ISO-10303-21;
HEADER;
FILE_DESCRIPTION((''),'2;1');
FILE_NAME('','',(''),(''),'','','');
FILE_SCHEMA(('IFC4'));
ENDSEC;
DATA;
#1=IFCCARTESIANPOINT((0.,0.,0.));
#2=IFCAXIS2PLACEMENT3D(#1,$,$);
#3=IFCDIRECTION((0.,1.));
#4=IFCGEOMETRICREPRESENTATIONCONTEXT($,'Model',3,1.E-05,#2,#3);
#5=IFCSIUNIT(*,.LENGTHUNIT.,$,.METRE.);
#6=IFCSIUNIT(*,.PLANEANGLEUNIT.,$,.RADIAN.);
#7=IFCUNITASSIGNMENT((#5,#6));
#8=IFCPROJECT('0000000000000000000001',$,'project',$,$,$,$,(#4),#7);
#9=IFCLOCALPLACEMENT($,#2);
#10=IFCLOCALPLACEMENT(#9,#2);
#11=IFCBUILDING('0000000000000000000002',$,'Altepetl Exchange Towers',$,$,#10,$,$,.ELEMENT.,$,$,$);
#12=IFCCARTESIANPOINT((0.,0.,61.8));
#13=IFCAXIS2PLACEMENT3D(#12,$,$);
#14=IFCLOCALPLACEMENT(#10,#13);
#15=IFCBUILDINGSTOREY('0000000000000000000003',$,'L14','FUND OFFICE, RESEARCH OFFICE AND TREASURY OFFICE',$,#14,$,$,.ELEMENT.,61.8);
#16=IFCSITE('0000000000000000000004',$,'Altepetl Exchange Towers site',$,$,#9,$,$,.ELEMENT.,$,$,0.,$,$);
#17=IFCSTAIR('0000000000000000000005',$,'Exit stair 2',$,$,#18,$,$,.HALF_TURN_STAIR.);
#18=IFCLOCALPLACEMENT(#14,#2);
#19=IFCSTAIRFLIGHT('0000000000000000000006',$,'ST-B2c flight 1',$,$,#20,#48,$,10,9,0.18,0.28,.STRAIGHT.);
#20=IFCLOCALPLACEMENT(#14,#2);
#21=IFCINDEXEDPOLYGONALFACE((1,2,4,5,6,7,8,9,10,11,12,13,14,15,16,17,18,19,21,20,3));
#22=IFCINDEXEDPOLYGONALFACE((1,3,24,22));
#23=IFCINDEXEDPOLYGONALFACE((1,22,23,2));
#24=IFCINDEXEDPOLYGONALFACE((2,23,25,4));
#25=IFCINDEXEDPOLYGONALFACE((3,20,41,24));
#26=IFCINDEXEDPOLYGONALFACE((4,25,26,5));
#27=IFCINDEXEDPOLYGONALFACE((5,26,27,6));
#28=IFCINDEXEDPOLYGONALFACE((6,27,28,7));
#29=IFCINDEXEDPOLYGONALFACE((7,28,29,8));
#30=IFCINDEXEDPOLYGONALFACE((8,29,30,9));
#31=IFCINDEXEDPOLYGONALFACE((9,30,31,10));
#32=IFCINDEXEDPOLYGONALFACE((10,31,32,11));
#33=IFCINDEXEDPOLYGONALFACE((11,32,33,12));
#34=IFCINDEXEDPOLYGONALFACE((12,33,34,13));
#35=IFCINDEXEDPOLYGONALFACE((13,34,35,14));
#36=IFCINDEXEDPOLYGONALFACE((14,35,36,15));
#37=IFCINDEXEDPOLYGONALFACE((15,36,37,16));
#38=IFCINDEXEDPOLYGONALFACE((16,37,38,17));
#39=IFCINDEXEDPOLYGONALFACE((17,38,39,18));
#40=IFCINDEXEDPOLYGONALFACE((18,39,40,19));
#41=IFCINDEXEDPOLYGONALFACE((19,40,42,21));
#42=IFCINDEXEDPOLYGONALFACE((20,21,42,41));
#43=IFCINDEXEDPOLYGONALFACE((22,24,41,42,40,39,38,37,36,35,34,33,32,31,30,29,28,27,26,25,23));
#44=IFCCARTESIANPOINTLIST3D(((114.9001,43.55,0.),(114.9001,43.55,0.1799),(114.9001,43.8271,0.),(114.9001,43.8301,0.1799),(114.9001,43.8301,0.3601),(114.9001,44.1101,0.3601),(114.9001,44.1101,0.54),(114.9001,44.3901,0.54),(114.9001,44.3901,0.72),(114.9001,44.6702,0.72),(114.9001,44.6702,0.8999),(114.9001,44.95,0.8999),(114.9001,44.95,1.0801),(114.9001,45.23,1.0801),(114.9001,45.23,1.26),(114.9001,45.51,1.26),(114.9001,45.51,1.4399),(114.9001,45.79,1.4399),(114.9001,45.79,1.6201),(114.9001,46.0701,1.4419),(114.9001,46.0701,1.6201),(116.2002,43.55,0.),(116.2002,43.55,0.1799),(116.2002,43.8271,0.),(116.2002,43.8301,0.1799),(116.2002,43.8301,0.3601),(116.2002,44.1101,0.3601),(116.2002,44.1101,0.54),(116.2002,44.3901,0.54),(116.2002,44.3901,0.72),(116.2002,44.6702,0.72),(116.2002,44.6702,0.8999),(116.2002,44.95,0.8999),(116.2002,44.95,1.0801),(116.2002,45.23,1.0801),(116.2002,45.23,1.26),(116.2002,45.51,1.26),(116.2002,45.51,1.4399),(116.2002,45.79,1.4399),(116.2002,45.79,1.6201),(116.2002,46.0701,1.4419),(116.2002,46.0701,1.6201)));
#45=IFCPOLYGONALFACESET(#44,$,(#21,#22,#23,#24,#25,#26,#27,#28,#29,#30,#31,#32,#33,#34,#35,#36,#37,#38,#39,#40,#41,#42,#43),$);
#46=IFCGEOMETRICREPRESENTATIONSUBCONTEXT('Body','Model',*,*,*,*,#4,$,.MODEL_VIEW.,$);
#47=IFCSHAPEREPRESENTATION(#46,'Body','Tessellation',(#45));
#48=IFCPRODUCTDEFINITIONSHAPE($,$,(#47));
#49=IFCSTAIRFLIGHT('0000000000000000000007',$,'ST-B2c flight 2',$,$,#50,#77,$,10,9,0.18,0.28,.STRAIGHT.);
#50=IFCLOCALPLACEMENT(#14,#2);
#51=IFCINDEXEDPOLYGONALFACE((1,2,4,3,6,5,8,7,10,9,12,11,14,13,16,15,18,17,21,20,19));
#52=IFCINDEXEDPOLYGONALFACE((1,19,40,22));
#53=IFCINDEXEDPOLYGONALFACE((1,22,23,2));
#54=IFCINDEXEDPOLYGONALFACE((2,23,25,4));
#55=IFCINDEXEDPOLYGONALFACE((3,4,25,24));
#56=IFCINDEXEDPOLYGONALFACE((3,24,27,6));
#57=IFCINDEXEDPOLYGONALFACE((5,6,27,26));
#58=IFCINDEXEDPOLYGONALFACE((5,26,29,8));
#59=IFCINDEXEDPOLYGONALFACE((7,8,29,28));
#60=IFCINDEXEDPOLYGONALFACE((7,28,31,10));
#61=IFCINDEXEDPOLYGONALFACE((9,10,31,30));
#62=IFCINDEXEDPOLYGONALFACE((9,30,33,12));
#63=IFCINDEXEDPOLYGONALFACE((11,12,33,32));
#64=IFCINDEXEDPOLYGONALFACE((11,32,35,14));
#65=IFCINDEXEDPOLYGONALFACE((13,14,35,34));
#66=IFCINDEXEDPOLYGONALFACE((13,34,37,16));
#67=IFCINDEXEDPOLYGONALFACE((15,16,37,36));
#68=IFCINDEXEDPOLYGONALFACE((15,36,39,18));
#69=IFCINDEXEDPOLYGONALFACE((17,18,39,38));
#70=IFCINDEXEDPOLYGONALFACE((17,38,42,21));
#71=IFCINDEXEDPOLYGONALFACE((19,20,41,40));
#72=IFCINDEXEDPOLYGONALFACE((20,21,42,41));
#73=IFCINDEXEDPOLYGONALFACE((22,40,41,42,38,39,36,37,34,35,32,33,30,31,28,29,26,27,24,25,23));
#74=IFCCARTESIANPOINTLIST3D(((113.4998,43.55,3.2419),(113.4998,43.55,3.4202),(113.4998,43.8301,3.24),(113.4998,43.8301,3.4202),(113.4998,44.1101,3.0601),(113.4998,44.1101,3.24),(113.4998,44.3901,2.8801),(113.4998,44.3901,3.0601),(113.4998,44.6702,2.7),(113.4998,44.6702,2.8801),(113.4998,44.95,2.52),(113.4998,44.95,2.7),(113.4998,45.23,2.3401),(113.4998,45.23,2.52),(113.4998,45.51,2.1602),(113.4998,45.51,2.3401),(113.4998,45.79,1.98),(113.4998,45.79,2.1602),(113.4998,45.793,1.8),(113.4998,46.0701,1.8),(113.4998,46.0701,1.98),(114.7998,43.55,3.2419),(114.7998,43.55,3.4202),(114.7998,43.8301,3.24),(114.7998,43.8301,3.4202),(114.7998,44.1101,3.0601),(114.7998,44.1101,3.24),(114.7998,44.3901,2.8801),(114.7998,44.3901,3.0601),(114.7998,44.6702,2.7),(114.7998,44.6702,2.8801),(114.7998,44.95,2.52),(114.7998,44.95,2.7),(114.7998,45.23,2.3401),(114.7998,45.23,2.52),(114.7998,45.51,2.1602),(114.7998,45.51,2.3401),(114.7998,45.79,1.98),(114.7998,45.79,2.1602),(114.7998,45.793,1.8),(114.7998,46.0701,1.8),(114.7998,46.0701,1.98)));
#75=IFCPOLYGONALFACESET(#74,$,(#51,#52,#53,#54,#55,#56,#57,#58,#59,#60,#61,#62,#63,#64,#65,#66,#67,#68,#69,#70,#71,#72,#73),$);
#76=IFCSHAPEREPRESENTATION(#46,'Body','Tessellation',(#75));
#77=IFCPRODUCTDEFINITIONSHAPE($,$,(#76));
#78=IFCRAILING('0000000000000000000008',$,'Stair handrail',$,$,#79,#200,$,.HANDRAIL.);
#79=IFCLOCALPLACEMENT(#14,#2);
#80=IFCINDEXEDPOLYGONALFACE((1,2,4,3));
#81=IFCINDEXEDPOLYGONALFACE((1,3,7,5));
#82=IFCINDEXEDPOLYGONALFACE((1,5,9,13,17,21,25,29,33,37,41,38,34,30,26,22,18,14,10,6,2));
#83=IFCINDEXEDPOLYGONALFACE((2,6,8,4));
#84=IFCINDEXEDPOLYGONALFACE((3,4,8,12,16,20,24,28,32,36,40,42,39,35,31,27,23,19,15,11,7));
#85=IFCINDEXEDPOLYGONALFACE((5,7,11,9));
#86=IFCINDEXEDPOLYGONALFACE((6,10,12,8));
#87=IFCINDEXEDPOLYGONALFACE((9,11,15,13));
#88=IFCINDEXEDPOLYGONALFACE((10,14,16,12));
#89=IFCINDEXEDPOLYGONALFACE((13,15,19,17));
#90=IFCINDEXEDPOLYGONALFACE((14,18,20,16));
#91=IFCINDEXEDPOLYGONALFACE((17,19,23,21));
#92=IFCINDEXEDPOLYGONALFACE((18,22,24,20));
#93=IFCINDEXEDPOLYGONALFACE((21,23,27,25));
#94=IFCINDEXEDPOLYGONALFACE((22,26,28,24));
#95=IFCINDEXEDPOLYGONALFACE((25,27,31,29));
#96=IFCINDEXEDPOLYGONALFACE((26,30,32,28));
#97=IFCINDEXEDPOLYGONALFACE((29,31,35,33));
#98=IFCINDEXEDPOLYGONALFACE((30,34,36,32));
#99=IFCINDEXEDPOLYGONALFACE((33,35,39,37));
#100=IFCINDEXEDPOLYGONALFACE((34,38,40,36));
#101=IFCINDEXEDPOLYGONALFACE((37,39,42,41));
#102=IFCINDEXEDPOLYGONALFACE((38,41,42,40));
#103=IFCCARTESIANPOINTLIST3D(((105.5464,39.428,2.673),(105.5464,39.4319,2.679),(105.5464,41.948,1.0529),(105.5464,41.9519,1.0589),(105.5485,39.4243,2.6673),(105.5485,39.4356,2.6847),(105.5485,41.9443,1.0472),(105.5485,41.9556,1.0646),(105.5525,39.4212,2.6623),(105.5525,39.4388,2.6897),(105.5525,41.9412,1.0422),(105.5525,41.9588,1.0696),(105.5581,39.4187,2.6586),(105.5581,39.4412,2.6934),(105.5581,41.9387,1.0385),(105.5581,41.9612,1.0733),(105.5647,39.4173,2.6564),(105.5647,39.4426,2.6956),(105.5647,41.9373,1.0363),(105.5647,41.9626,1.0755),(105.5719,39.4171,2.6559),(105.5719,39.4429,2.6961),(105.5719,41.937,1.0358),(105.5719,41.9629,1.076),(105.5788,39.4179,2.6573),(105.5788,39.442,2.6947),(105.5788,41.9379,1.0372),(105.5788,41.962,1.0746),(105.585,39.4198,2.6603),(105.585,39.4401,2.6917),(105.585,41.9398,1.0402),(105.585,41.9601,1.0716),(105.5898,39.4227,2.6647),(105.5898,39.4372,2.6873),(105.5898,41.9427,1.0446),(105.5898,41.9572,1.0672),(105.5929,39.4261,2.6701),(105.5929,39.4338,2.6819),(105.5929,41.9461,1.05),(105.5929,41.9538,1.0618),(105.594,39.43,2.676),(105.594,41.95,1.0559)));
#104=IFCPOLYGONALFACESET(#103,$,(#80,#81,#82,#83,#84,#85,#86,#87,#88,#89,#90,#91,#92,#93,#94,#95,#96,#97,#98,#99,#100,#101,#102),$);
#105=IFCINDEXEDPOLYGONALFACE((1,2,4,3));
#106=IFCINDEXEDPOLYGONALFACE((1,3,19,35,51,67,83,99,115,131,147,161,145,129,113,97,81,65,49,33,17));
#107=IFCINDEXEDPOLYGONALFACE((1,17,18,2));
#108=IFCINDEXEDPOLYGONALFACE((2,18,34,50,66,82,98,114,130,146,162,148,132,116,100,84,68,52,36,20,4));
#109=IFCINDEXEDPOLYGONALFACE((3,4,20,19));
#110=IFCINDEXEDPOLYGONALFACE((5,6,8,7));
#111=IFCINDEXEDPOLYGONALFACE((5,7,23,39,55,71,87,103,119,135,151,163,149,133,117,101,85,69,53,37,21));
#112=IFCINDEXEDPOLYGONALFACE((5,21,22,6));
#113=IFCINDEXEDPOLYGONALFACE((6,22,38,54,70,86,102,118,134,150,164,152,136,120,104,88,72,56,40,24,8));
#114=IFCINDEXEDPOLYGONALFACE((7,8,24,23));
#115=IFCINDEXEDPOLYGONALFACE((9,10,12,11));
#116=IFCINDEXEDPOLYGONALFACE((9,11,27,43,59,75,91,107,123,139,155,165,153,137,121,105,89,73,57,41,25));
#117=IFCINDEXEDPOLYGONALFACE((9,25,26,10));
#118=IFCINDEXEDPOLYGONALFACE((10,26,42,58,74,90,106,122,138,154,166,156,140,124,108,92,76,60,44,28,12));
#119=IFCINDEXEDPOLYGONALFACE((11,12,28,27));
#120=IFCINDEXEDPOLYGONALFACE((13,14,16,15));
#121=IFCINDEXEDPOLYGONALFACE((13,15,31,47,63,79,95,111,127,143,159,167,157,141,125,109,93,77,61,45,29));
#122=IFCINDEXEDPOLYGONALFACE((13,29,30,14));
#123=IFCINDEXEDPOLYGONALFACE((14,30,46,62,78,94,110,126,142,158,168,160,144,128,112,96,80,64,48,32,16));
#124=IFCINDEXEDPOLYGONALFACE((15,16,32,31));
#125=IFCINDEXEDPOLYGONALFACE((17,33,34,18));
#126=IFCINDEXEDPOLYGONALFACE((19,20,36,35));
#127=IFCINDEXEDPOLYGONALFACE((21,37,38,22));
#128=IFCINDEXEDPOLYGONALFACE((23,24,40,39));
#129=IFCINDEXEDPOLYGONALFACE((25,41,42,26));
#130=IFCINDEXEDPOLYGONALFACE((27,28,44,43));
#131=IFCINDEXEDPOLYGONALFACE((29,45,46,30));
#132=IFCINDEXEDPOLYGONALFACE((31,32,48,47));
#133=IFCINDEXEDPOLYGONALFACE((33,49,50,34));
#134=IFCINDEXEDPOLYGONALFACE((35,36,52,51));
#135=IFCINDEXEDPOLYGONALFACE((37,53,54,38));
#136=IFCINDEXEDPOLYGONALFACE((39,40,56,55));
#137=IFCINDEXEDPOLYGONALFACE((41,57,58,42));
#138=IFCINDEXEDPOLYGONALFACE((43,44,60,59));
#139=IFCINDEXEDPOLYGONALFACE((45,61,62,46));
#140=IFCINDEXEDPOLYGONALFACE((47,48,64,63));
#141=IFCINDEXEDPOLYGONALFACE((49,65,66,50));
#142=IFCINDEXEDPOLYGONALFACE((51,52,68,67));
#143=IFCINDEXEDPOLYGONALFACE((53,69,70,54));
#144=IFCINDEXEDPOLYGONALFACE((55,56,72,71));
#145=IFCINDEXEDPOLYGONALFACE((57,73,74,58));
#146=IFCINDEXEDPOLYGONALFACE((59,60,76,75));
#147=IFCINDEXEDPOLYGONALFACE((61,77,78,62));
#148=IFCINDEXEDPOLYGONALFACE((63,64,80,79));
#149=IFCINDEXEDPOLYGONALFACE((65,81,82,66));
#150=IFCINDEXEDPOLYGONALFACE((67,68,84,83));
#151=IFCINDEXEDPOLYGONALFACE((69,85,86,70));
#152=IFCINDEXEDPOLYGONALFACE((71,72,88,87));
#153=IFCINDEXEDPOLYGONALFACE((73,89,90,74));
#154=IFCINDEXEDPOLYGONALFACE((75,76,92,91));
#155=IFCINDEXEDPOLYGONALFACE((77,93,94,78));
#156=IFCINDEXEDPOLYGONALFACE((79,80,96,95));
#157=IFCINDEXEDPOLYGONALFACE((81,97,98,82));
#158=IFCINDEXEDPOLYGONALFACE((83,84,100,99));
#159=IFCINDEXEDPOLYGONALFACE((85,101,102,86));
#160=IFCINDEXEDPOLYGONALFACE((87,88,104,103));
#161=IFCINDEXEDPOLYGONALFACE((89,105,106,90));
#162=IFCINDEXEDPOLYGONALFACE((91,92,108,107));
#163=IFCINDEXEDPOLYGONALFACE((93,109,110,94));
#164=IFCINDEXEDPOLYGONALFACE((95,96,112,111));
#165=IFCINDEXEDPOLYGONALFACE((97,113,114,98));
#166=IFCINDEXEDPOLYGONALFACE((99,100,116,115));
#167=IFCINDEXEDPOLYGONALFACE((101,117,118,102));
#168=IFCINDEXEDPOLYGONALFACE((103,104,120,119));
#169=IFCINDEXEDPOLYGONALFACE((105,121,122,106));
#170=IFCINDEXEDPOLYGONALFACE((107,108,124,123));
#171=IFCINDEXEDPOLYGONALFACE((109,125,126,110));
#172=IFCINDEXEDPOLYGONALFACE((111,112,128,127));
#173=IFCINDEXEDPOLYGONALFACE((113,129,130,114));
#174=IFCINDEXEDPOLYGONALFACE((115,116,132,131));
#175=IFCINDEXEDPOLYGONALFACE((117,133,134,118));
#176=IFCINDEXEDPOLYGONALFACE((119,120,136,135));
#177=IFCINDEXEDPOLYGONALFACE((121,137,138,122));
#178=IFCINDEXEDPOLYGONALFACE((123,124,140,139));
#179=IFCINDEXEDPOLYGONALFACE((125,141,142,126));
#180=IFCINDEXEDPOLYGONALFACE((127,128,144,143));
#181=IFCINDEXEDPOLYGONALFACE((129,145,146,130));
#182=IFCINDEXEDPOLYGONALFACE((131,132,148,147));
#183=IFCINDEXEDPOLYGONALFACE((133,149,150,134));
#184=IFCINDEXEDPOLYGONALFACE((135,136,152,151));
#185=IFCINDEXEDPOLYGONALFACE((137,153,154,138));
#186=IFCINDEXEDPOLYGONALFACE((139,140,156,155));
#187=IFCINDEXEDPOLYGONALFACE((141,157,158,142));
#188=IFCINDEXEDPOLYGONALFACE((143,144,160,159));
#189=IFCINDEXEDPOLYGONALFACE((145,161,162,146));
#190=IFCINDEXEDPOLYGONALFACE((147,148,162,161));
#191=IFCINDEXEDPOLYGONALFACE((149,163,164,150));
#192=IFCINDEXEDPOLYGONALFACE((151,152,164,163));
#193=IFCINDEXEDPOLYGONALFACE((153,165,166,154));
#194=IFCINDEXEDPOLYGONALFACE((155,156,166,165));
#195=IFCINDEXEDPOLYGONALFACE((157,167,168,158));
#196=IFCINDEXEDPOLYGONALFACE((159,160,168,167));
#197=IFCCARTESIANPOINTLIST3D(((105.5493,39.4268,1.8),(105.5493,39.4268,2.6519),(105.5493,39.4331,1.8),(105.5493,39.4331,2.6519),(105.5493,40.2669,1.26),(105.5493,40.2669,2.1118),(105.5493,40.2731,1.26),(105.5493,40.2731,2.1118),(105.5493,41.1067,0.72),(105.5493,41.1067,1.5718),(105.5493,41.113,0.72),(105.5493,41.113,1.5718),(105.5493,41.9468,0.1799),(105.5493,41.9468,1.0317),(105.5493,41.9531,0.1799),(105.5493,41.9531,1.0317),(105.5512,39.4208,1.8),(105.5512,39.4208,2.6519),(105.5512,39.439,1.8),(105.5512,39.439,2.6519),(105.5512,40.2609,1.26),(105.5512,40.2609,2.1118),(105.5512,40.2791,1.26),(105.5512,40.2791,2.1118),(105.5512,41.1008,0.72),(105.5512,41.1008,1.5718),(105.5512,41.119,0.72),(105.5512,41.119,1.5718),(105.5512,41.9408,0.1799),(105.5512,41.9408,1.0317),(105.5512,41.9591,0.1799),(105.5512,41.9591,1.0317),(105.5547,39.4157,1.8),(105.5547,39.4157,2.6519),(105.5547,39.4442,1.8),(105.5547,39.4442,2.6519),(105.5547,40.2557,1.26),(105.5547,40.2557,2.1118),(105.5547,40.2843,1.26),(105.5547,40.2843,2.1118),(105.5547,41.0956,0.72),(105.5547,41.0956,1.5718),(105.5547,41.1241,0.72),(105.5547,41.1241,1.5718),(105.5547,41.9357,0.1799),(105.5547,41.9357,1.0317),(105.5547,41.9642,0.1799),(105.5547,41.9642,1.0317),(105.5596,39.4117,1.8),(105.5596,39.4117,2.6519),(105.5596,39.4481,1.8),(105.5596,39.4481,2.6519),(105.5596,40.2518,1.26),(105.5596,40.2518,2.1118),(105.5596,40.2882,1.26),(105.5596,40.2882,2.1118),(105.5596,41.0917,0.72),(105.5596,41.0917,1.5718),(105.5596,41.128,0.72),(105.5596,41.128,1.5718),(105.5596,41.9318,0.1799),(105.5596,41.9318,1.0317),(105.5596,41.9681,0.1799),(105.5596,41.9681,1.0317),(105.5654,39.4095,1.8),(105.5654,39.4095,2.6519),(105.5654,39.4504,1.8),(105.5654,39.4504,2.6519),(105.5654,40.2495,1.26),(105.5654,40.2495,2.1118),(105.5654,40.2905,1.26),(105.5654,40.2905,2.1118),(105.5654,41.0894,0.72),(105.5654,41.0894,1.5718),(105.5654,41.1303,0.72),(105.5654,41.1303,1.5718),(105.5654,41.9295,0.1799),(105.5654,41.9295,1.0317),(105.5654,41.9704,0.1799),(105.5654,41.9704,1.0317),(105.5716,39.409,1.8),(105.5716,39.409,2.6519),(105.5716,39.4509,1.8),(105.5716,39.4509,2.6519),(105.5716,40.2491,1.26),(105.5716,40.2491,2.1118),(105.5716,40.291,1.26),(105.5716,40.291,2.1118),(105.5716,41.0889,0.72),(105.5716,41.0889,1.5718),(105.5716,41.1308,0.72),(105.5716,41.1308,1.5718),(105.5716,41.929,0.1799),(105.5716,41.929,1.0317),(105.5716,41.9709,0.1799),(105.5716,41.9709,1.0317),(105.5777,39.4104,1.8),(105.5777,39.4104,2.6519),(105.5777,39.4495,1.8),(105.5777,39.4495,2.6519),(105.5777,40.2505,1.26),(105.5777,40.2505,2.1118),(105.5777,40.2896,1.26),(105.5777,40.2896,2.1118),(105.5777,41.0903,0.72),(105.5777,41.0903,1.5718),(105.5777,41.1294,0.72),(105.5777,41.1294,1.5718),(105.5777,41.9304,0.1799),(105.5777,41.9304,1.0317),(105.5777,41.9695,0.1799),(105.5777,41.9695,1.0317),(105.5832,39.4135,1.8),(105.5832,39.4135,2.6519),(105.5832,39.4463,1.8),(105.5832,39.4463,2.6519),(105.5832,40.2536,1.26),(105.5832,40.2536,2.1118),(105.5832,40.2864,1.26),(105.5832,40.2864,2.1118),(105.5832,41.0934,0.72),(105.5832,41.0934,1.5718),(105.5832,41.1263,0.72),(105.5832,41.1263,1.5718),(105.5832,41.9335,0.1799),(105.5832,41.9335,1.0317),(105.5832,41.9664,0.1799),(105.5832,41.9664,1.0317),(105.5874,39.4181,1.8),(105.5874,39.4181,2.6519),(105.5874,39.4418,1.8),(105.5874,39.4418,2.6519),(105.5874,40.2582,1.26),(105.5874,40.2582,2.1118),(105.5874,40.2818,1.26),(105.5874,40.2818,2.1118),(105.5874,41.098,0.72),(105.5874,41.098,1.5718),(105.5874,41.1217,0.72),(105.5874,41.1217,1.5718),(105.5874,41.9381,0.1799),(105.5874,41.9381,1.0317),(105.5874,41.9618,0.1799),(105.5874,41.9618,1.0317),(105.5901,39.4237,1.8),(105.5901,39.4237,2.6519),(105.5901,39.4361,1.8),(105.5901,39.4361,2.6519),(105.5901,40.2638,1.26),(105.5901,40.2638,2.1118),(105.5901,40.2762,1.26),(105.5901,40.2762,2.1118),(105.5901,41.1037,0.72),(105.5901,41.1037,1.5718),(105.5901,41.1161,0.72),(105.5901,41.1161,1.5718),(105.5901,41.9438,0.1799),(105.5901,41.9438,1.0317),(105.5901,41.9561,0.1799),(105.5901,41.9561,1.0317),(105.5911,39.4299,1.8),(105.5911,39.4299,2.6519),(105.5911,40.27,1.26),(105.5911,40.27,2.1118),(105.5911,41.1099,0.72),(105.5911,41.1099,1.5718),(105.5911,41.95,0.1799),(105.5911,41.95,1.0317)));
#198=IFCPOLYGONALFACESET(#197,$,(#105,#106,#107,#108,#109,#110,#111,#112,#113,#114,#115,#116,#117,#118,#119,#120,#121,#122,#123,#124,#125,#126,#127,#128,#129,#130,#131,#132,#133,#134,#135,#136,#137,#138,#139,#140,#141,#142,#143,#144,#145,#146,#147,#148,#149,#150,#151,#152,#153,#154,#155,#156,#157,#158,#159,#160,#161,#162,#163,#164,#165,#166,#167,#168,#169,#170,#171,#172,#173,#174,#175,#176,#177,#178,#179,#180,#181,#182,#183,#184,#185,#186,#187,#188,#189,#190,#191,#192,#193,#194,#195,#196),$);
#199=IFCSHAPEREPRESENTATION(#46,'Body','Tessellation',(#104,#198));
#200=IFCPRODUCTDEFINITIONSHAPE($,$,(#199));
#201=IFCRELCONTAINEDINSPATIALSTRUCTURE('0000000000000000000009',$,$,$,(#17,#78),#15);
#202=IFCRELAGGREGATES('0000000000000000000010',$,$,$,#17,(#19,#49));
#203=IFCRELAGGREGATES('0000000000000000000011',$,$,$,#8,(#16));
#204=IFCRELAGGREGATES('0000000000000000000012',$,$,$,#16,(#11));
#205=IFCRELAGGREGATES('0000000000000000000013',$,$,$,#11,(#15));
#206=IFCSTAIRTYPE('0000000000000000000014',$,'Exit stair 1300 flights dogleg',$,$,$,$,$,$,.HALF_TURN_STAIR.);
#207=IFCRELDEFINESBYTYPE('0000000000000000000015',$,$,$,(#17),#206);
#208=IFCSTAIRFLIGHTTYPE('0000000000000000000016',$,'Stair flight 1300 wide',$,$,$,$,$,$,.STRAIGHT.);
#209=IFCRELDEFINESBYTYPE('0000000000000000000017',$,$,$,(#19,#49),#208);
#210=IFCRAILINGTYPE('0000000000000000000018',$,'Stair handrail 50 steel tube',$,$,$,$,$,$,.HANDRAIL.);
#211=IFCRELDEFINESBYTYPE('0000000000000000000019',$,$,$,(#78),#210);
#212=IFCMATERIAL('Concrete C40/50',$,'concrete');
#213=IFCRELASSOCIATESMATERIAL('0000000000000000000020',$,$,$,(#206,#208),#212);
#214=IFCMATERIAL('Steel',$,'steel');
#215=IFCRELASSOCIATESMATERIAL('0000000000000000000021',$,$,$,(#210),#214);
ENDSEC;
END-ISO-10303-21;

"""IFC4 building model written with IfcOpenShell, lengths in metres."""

from ifc_helpers import new_model, si_unit, direction, frame, origin, origin_2d, place, context, subcontext, project, spatial, polyline, circle, outline, extrude, source, transform, mapped, material, type_object, element, aggregate, save


model = new_model("IFC4")

# Units and contexts
model_context = context("Model", 3, precision=1e-05, world=origin(), true_north=direction((0.0, 1.0)))
body_context = subcontext(model_context, "Body", "Model", "MODEL_VIEW")
ifc_project = project(units=[si_unit("LENGTHUNIT", "METRE"), si_unit("PLANEANGLEUNIT", "RADIAN")], contexts=[model_context])

# Site, building, storey
site_placement = place(None, origin())
site = spatial("IfcSite", under=ifc_project, at=site_placement, Name="Altepetl Exchange Towers site", CompositionType="ELEMENT", RefElevation=0.0)
building_placement = place(site_placement, origin())
building = spatial("IfcBuilding", under=site, at=building_placement, Name="Altepetl Exchange Towers", CompositionType="ELEMENT")
storey_placement = place(building_placement, frame((0.0, 0.0, 61.8)))
storey = spatial("IfcBuildingStorey", under=building, at=storey_placement, Name="L14", Description="FUND OFFICE, RESEARCH OFFICE AND TREASURY OFFICE", CompositionType="ELEMENT", Elevation=61.8)

# Shared definitions
ifc_material_1 = material(Name="Concrete C40/50", Category="concrete")

# Shared definitions
stair_type = type_object("IfcStairType", Name="Exit stair 1300 flights dogleg", PredefinedType="HALF_TURN_STAIR", material=ifc_material_1)
stair_flight_type = type_object("IfcStairFlightType", Name="Stair flight 1300 wide", PredefinedType="STRAIGHT", material=ifc_material_1)

# Stair, stair flights
stair_1_placement = place(storey_placement, origin())
stair_1 = element("IfcStair", 1, at=stair_1_placement, inside=storey, type_object=stair_type, Name="Exit stair 2", PredefinedType="HALF_TURN_STAIR")
stair_flight_1_placement = place(storey_placement, frame((115.55, 43.55, 0.0), z_axis=(0.0, 0.0, 1.0), x_axis=(0.0, 1.0, 0.0)))
stair_flight_1 = element("IfcStairFlight", 2, at=stair_flight_1_placement, type_object=stair_flight_type, Name="ST-B2c flight 1", NumberOfRisers=10, NumberOfTreads=9, PredefinedType="STRAIGHT", RiserHeight=0.18, TreadLength=0.28, context=body_context, shape_type="SweptSolid", body=[
    extrude(outline(polyline([(0.0, 0.0), (0.0, 0.1799), (0.28, 0.1799), (0.28, 0.3601), (0.5601, 0.3601), (0.5601, 0.54), (0.8401, 0.54), (0.8401, 0.72), (1.1201, 0.72), (1.1201, 0.8999), (1.3999, 0.8999), (1.3999, 1.0801), (1.6799, 1.0801), (1.6799, 1.26), (1.96, 1.26), (1.96, 1.4399), (2.24, 1.4399), (2.24, 1.6201), (2.52, 1.6201), (2.52, 1.8), (2.52, 1.4419), (0.2771, 0.0), (0.0, 0.0)])), frame((0.0, 0.6499, 0.0), z_axis=(0.0, -1.0, 0.0), x_axis=(1.0, 0.0, 0.0)), (0.0, 0.0, 1.0), 1.3),
])
stair_flight_2_placement = place(storey_placement, frame((114.1499, 46.0701, 1.8), z_axis=(0.0, 0.0, 1.0), x_axis=(0.0, -1.0, 0.0)))
stair_flight_2 = element("IfcStairFlight", 3, at=stair_flight_2_placement, type_object=stair_flight_type, Name="ST-B2c flight 2", NumberOfRisers=10, NumberOfTreads=9, PredefinedType="STRAIGHT", RiserHeight=0.18, TreadLength=0.28, context=body_context, shape_type="SweptSolid", body=[
    extrude(outline(polyline([(0.0, 0.0), (0.0, 0.1799), (0.28, 0.1799), (0.28, 0.3601), (0.5601, 0.3601), (0.5601, 0.54), (0.8401, 0.54), (0.8401, 0.72), (1.1201, 0.72), (1.1201, 0.8999), (1.3999, 0.8999), (1.3999, 1.0801), (1.6799, 1.0801), (1.6799, 1.26), (1.96, 1.26), (1.96, 1.4399), (2.24, 1.4399), (2.24, 1.6201), (2.52, 1.6201), (2.52, 1.8), (2.52, 1.4419), (0.2771, 0.0), (0.0, 0.0)])), frame((0.0, 0.6499, 0.0), z_axis=(0.0, -1.0, 0.0), x_axis=(1.0, 0.0, 0.0)), (0.0, 0.0, 1.0), 1.3),
])
aggregate(stair_1, [stair_flight_1, stair_flight_2])

# Railing
ifc_material_2 = material(Name="Steel", Category="steel")
railing_type = type_object("IfcRailingType", Name="Stair handrail 50 steel tube", PredefinedType="HANDRAIL", material=ifc_material_2)
shared_shape = source(origin(), body_context, "Body", "SweptSolid", [
    extrude(circle(Radius=0.021, at=origin_2d()), origin(), (0.0, 0.0, 1.0), 0.8518),
])
railing_1_placement = place(storey_placement, frame((105.5701, 41.95, 0.1799)))
element("IfcRailing", 4, at=railing_1_placement, inside=storey, type_object=railing_type, Name="Stair handrail", PredefinedType="HANDRAIL", context=body_context, shape_type="SweptSolid", body=[
    extrude(circle(Radius=0.0239, at=origin_2d()), frame((0.0, 0.0, 0.876), z_axis=(0.0, -0.841163, 0.540782), x_axis=(1.0, 0.0, 0.0)), (0.0, 0.0, 1.0), 2.9958),
    mapped(shared_shape, transform((0.0, 0.0, 0.0))),
    mapped(shared_shape, transform((0.0, -0.8401, 0.54))),
    mapped(shared_shape, transform((0.0, -1.6799, 1.0801))),
    mapped(shared_shape, transform((0.0, -2.52, 1.6201))),
])

save(model, "model.ifc")
